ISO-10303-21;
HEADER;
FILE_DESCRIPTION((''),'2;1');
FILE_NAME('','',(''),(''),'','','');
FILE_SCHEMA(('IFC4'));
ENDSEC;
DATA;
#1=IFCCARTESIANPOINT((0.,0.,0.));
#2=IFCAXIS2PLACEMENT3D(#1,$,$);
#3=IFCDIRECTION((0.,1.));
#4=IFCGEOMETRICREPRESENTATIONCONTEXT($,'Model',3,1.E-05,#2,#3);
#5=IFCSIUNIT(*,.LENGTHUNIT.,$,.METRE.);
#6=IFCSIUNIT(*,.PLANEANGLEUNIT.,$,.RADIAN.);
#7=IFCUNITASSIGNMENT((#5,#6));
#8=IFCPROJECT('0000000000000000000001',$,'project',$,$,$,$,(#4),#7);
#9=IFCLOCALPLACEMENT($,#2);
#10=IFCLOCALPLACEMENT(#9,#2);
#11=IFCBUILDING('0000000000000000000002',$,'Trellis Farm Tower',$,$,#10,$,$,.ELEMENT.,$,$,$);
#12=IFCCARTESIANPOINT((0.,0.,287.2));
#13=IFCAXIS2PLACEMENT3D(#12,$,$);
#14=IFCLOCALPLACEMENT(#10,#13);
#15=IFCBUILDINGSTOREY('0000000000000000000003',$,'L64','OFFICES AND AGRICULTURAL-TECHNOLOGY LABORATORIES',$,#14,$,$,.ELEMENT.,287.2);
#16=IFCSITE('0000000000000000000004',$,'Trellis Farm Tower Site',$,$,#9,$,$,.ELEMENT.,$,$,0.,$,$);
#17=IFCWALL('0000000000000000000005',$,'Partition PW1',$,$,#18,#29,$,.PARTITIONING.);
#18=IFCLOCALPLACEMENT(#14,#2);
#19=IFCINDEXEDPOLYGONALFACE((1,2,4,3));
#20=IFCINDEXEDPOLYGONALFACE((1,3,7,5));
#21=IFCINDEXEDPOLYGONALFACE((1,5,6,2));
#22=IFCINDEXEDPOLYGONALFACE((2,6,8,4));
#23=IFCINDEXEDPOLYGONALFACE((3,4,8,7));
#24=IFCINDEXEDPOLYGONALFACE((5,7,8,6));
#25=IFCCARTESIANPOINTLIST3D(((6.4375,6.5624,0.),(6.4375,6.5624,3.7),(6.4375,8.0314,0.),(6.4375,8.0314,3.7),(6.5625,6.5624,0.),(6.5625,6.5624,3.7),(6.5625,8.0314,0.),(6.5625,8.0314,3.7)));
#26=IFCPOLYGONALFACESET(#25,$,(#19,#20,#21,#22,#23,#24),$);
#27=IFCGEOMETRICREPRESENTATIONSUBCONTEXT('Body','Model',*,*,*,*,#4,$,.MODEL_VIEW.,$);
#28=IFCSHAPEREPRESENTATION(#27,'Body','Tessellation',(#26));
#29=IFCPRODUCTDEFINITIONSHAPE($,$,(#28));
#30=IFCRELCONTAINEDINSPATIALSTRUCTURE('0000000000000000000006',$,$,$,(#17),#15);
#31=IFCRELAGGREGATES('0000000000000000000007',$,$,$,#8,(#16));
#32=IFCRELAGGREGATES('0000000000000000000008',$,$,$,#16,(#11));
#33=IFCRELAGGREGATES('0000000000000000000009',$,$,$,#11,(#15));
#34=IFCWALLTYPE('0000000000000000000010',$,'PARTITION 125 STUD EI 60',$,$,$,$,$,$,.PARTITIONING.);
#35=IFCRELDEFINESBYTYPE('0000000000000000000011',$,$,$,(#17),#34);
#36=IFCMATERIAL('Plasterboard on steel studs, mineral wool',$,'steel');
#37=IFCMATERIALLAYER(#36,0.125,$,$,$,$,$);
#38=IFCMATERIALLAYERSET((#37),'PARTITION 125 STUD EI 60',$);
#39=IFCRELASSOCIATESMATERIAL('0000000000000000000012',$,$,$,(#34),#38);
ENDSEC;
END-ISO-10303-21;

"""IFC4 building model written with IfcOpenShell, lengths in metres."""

from ifc_helpers import new_model, si_unit, direction, frame, frame_2d, origin, place, context, subcontext, project, spatial, rectangle, extrude, source, transform, mapped, material, layer, layer_set, type_object, element, save


model = new_model("IFC4")

# Units and contexts
model_context = context("Model", 3, precision=1e-05, world=origin(), true_north=direction((0.0, 1.0)))
body_context = subcontext(model_context, "Body", "Model", "MODEL_VIEW")
ifc_project = project(units=[si_unit("LENGTHUNIT", "METRE"), si_unit("PLANEANGLEUNIT", "RADIAN")], contexts=[model_context])

# Site, building, storey
site_placement = place(None, origin())
site = spatial("IfcSite", under=ifc_project, at=site_placement, Name="Trellis Farm Tower Site", CompositionType="ELEMENT", RefElevation=0.0)
building_placement = place(site_placement, origin())
building = spatial("IfcBuilding", under=site, at=building_placement, Name="Trellis Farm Tower", CompositionType="ELEMENT")
storey_placement = place(building_placement, frame((0.0, 0.0, 287.2)))
storey = spatial("IfcBuildingStorey", under=building, at=storey_placement, Name="L64", Description="OFFICES AND AGRICULTURAL-TECHNOLOGY LABORATORIES", CompositionType="ELEMENT", Elevation=287.2)

# Wall
ifc_material_1 = material(Name="Plasterboard on steel studs, mineral wool", Category="steel")
ifc_layer_1 = layer(ifc_material_1, 0.125)
ifc_layer_set_1 = layer_set([ifc_layer_1], Name="PARTITION 125 STUD EI 60")
wall_type_1 = type_object("IfcWallType", Name="PARTITION 125 STUD EI 60", PredefinedType="PARTITIONING", material=ifc_layer_set_1)
shared_shape_1 = source(origin(), body_context, "Body", "SweptSolid", [
    extrude(rectangle(XDim=1.469, YDim=0.125, at=frame_2d((0.7344, 0.0))), origin(), (0.0, 0.0, 1.0), 3.7),
])
wall_1_placement = place(storey_placement, frame((6.5, 6.5625, 0.0), z_axis=(0.0, 0.0, 1.0), x_axis=(0.0, 1.0, 0.0)))
element("IfcWall", 1, at=wall_1_placement, inside=storey, type_object=wall_type_1, Name="Partition PW1", PredefinedType="PARTITIONING", context=body_context, shape_type="MappedRepresentation", body=[
    mapped(shared_shape_1, transform((0.0, 0.0, 0.0))),
])

save(model, "model.ifc")
